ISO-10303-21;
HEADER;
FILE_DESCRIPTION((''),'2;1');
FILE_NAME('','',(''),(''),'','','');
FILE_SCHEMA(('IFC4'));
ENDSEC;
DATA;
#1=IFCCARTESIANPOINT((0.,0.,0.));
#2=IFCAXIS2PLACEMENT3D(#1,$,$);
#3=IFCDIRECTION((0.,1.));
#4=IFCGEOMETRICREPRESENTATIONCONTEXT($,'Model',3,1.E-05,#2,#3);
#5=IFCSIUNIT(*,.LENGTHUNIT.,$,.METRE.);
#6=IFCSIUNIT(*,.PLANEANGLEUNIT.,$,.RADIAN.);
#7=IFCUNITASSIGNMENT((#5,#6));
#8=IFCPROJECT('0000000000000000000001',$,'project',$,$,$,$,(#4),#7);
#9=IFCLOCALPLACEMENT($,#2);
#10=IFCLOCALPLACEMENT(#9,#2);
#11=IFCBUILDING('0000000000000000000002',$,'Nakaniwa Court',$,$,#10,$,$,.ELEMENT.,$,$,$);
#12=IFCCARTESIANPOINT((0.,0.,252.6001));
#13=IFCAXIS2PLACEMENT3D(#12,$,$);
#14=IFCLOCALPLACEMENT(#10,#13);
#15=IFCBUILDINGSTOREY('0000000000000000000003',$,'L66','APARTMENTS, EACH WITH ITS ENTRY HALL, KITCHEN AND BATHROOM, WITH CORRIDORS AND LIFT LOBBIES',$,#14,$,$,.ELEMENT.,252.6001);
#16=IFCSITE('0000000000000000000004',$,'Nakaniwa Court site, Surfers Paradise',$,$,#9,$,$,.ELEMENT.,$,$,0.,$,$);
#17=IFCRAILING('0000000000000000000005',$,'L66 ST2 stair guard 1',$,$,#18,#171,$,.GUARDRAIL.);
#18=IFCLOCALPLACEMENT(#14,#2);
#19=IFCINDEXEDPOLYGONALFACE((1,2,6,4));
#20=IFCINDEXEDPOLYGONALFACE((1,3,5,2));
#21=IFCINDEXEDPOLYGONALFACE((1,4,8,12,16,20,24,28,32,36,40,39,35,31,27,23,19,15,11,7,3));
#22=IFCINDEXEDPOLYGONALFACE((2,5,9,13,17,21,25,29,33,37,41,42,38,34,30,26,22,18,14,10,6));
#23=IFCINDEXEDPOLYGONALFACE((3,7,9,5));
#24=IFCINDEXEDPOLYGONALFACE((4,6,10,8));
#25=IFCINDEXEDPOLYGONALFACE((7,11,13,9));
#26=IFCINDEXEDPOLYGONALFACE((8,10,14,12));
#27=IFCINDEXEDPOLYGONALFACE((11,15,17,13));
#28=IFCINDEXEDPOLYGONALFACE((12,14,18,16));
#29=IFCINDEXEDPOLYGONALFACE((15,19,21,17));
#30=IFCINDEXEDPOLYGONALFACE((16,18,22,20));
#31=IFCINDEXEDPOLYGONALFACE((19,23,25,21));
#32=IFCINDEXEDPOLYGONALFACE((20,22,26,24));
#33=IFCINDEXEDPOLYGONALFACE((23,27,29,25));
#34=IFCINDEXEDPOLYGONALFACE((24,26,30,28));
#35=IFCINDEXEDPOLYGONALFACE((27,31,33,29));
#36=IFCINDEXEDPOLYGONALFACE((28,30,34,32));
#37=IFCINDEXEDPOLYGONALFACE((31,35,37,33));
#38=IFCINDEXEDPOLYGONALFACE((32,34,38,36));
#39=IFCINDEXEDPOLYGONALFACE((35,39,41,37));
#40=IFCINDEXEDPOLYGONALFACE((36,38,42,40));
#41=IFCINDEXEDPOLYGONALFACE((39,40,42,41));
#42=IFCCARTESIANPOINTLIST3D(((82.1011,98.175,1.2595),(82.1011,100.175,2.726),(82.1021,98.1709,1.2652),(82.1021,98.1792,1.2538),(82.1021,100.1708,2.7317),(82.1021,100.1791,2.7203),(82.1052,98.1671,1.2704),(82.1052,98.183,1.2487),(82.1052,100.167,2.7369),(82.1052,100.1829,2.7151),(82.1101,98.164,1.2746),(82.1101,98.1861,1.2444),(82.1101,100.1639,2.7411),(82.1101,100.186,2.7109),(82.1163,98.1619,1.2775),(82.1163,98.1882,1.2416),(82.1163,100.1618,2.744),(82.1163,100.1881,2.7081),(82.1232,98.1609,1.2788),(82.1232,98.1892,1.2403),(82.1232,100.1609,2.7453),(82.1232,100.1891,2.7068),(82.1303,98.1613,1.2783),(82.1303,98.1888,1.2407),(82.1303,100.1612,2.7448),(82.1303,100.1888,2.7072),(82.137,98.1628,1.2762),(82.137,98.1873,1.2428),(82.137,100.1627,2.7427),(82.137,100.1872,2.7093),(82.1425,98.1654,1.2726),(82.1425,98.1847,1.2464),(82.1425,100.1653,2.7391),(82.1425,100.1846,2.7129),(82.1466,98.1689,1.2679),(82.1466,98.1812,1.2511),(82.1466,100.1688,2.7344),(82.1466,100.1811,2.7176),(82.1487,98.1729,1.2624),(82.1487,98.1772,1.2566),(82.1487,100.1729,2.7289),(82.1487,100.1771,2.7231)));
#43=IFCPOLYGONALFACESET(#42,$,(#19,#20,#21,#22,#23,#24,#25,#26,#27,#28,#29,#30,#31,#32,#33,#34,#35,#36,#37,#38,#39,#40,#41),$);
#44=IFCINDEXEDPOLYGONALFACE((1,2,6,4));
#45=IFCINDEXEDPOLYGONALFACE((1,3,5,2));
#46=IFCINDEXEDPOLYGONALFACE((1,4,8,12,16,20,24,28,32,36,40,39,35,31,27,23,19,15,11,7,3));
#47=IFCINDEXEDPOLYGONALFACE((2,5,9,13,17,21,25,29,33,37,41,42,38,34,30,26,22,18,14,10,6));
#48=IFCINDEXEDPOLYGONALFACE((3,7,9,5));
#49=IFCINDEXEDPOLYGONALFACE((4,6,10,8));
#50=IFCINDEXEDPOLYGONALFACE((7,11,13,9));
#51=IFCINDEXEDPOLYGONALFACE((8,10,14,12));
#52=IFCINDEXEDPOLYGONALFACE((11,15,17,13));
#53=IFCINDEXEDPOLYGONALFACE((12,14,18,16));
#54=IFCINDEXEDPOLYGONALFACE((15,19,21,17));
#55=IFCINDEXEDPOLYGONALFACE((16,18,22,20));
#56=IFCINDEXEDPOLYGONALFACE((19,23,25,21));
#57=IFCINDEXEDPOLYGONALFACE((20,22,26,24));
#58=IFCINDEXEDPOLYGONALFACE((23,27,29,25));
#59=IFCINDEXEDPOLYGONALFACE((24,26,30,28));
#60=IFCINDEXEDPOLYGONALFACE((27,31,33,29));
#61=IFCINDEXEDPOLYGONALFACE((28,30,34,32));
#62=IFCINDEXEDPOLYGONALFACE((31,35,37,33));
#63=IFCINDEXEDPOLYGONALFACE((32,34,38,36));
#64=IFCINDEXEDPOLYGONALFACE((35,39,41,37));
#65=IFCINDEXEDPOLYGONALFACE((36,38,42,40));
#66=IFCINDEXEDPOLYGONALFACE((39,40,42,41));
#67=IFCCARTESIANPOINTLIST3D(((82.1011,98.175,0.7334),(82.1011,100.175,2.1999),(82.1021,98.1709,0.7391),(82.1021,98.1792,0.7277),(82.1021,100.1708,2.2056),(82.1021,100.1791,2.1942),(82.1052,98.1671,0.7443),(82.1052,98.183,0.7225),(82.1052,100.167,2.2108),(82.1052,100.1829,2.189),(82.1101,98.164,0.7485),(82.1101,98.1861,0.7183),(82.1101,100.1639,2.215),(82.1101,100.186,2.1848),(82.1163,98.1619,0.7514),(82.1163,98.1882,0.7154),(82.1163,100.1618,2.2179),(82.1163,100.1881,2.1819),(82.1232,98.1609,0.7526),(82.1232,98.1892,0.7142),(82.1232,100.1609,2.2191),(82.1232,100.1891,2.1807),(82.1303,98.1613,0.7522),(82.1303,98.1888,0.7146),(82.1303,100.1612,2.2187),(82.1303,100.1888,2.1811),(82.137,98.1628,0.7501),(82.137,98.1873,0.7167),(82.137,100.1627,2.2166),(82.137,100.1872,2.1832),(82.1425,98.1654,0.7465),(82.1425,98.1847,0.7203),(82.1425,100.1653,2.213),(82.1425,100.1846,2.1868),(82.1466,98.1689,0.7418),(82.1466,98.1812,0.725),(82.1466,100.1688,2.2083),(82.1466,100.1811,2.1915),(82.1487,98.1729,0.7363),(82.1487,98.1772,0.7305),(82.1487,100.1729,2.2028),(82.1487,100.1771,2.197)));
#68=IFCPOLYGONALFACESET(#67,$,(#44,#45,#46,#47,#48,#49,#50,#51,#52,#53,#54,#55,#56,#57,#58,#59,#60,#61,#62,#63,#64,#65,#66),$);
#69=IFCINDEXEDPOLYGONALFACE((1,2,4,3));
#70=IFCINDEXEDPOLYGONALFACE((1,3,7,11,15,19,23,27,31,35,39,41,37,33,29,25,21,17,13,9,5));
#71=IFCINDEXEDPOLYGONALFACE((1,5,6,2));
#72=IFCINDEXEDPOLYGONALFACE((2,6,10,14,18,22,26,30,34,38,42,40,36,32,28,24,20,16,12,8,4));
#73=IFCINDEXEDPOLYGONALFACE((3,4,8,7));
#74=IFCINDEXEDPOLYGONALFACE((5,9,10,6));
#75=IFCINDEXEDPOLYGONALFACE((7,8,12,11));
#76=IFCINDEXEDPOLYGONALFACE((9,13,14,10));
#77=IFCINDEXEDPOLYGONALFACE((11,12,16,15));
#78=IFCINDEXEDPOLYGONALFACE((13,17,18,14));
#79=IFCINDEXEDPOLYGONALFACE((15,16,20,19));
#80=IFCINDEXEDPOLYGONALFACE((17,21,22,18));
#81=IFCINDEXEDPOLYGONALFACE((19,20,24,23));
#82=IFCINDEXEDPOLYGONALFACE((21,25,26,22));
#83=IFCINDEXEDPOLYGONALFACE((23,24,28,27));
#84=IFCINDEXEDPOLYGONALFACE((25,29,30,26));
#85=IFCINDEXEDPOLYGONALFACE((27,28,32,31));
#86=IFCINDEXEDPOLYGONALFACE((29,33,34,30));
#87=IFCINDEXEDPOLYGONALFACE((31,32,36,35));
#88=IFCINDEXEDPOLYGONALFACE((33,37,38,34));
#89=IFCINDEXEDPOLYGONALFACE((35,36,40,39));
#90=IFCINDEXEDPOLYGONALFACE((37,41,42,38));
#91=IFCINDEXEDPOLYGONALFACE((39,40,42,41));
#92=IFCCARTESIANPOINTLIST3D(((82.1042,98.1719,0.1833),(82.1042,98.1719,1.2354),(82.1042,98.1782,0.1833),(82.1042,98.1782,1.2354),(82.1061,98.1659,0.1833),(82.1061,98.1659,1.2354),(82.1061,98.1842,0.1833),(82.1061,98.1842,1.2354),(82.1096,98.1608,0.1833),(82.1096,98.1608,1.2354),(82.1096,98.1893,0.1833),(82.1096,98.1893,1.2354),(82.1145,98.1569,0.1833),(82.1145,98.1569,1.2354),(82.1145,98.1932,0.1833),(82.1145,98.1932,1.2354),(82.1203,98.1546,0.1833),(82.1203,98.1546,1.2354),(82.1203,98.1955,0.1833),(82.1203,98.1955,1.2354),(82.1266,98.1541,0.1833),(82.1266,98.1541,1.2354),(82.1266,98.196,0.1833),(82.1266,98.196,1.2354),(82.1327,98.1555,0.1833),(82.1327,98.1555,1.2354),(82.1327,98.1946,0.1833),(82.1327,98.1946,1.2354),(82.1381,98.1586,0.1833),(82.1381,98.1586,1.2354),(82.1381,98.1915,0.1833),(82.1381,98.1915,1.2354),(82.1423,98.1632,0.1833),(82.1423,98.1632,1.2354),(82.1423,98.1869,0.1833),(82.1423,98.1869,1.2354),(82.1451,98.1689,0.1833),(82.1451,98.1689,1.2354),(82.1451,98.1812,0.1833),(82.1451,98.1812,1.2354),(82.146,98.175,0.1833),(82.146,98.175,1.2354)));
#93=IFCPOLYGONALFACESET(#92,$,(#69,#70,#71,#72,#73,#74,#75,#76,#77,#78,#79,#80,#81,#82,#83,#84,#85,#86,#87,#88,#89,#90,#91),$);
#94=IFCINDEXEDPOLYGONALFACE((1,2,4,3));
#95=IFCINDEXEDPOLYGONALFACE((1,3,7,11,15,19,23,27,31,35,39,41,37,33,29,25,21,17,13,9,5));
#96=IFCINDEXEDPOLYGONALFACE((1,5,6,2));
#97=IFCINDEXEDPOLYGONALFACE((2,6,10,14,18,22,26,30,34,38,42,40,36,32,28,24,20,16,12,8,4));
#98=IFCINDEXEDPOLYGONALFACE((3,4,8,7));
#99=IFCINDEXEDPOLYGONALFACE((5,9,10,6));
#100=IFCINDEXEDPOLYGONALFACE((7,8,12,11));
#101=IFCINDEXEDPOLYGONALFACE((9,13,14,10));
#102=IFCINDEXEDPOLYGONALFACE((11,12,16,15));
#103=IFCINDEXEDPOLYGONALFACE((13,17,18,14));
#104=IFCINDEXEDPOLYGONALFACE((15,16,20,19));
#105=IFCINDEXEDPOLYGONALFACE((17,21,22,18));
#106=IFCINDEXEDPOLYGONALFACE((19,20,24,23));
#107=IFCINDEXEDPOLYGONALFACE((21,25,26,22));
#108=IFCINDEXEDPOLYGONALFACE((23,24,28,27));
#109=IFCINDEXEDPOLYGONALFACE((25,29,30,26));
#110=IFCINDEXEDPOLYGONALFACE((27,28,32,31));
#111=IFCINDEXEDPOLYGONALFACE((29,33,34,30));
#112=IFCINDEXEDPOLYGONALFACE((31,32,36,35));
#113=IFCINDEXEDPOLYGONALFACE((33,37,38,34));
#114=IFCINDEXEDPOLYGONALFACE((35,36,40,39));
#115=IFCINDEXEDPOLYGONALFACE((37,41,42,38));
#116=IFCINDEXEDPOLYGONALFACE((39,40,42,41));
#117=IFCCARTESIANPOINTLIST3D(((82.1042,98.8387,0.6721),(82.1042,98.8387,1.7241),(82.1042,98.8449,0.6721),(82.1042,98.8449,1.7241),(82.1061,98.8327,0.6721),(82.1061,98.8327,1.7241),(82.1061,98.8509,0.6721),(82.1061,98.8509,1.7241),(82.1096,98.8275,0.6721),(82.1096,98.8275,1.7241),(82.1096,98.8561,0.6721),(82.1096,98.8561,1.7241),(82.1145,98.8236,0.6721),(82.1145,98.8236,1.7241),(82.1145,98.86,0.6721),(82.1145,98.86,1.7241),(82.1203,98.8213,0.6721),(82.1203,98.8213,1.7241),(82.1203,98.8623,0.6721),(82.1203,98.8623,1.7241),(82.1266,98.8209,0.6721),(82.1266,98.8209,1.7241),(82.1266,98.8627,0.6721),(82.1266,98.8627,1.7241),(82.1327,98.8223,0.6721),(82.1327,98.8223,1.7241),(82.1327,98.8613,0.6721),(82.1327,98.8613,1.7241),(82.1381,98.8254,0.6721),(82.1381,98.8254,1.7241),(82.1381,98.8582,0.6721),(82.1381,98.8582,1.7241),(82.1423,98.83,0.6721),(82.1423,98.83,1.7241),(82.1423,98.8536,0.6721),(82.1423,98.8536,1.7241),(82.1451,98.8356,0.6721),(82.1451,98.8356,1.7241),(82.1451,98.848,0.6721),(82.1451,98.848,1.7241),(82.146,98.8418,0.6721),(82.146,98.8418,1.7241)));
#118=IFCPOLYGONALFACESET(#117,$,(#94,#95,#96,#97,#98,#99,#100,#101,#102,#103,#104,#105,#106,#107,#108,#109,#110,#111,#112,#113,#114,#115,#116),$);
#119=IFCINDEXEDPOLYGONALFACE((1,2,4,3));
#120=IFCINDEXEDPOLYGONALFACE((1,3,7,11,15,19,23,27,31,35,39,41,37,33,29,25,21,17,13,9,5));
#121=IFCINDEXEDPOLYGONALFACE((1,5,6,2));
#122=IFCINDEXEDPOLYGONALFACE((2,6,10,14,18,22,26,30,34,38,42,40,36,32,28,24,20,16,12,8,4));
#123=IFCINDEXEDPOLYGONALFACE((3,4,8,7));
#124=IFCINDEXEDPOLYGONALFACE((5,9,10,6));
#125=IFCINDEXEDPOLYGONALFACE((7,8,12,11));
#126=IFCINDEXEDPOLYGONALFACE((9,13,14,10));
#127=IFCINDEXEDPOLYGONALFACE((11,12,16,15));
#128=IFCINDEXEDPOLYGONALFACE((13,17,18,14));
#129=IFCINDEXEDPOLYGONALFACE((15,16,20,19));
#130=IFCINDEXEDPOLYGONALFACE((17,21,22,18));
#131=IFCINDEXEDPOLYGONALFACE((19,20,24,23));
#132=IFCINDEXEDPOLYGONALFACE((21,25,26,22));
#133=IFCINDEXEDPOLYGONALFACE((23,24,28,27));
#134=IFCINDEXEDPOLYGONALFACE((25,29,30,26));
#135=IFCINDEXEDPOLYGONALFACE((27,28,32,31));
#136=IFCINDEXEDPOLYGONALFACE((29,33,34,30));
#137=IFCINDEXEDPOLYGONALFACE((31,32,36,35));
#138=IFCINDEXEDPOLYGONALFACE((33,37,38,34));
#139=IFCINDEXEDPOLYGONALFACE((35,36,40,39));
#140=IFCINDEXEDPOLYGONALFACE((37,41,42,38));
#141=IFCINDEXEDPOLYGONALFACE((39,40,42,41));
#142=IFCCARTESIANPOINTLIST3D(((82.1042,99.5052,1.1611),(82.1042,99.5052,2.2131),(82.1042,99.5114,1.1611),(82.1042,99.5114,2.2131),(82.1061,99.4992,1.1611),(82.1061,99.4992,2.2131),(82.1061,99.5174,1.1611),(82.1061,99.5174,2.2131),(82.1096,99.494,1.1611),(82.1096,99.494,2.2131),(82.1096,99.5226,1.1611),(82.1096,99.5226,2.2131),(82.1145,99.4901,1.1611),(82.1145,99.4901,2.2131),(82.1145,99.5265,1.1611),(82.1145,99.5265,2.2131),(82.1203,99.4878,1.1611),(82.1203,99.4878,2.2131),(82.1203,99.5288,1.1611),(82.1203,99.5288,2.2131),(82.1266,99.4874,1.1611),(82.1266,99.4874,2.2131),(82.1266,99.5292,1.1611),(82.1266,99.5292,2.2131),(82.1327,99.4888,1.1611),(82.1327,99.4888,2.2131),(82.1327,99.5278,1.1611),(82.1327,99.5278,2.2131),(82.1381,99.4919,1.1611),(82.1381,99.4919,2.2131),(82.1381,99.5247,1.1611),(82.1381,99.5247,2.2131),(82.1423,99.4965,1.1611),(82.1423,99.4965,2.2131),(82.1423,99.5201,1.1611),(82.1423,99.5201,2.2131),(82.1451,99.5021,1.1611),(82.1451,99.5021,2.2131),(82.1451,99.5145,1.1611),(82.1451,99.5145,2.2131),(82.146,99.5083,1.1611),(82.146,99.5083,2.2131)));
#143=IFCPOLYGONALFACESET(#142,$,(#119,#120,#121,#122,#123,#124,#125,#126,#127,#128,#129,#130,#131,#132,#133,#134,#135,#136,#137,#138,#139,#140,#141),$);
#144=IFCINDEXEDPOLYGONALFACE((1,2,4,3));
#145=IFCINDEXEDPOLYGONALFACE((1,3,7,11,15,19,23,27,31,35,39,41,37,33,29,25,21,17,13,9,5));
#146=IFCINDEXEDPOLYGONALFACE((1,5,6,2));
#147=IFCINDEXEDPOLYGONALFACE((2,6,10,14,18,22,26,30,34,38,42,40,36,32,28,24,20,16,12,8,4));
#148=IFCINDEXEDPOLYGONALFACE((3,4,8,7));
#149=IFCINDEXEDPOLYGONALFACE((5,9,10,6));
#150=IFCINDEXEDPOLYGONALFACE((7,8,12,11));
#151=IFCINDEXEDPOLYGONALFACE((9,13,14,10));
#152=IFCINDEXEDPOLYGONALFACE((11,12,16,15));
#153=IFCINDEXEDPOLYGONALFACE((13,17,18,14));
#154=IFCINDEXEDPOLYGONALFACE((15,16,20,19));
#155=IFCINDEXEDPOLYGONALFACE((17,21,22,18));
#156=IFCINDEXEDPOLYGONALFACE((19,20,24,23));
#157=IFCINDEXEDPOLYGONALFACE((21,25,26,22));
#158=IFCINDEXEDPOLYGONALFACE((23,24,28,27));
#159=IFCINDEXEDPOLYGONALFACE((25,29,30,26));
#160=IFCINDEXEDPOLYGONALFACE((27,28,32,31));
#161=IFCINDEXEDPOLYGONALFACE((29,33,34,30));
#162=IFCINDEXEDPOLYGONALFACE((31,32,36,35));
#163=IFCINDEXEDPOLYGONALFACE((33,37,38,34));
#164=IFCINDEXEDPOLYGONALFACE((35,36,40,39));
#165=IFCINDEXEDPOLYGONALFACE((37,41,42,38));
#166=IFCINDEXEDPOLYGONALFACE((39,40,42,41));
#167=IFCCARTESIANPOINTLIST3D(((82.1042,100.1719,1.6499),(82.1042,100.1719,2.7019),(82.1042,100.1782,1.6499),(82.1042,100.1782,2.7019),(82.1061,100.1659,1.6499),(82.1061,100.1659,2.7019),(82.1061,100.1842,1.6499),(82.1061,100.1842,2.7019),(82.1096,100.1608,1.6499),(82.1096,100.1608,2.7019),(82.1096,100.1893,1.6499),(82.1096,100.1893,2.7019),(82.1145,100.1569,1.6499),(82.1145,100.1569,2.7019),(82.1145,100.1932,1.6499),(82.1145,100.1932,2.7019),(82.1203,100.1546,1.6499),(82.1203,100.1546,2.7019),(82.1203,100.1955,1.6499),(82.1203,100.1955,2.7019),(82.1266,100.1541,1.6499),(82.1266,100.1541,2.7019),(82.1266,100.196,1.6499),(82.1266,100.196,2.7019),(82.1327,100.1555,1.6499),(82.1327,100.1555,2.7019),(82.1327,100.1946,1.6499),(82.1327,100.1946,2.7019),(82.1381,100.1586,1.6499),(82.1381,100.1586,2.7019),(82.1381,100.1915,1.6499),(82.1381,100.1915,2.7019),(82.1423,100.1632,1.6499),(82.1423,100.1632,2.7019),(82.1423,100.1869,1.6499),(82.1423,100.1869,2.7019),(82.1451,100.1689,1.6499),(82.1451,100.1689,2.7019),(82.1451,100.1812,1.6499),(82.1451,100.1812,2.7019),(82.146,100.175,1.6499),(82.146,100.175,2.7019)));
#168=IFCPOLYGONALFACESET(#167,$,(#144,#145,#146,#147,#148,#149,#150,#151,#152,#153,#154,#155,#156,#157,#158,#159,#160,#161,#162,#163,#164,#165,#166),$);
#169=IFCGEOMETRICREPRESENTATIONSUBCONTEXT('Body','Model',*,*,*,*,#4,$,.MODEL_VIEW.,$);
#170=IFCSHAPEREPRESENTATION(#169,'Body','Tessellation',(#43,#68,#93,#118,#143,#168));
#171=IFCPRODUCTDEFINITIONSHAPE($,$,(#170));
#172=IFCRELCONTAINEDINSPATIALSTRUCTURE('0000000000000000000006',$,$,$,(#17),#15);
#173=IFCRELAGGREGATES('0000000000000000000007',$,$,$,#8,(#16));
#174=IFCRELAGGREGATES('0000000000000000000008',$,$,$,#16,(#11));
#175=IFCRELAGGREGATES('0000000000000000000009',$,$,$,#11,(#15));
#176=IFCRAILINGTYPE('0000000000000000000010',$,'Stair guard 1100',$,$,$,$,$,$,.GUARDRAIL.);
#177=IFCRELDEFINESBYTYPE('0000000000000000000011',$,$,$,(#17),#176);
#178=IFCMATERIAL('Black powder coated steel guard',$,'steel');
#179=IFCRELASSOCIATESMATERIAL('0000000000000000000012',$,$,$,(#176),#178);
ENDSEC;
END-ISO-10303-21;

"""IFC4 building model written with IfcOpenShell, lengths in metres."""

from ifc_helpers import new_model, si_unit, direction, frame, origin, origin_2d, place, context, subcontext, project, spatial, circle, extrude, material, type_object, element, save


model = new_model("IFC4")

# Units and contexts
model_context = context("Model", 3, precision=1e-05, world=origin(), true_north=direction((0.0, 1.0)))
body_context = subcontext(model_context, "Body", "Model", "MODEL_VIEW")
ifc_project = project(units=[si_unit("LENGTHUNIT", "METRE"), si_unit("PLANEANGLEUNIT", "RADIAN")], contexts=[model_context])

# Site, building, storey
site_placement = place(None, origin())
site = spatial("IfcSite", under=ifc_project, at=site_placement, Name="Nakaniwa Court site, Surfers Paradise", CompositionType="ELEMENT", RefElevation=0.0)
building_placement = place(site_placement, origin())
building = spatial("IfcBuilding", under=site, at=building_placement, Name="Nakaniwa Court", CompositionType="ELEMENT")
storey_placement = place(building_placement, frame((0.0, 0.0, 252.6001)))
storey = spatial("IfcBuildingStorey", under=building, at=storey_placement, Name="L66", Description="APARTMENTS, EACH WITH ITS ENTRY HALL, KITCHEN AND BATHROOM, WITH CORRIDORS AND LIFT LOBBIES", CompositionType="ELEMENT", Elevation=252.6001)

# Railing
ifc_material_1 = material(Name="Black powder coated steel guard", Category="steel")
railing_type_1 = type_object("IfcRailingType", Name="Stair guard 1100", PredefinedType="GUARDRAIL", material=ifc_material_1)
railing_1_placement = place(storey_placement, frame((82.125, 98.175, 0.1833)))
element("IfcRailing", 1, at=railing_1_placement, inside=storey, type_object=railing_type_1, Name="L66 ST2 stair guard 1", PredefinedType="GUARDRAIL", context=body_context, shape_type="SweptSolid", body=[
    extrude(circle(Radius=0.0239, at=origin_2d()), frame((0.0, 0.0, 1.0762), z_axis=(0.0, 0.806427, 0.591334), x_axis=(-1.0, 0.0, 0.0)), (0.0, 0.0, 1.0), 2.48),
    extrude(circle(Radius=0.0239, at=origin_2d()), frame((0.0, 0.0, 0.55), z_axis=(0.0, 0.806427, 0.591334), x_axis=(-1.0, 0.0, 0.0)), (0.0, 0.0, 1.0), 2.48),
    extrude(circle(Radius=0.021, at=origin_2d()), origin(), (0.0, 0.0, 1.0), 1.052),
    extrude(circle(Radius=0.021, at=origin_2d()), frame((0.0, 0.6667, 0.4888)), (0.0, 0.0, 1.0), 1.052),
    extrude(circle(Radius=0.021, at=origin_2d()), frame((0.0, 1.3333, 0.9778)), (0.0, 0.0, 1.0), 1.052),
    extrude(circle(Radius=0.021, at=origin_2d()), frame((0.0, 2.0, 1.4666)), (0.0, 0.0, 1.0), 1.052),
])

save(model, "model.ifc")
